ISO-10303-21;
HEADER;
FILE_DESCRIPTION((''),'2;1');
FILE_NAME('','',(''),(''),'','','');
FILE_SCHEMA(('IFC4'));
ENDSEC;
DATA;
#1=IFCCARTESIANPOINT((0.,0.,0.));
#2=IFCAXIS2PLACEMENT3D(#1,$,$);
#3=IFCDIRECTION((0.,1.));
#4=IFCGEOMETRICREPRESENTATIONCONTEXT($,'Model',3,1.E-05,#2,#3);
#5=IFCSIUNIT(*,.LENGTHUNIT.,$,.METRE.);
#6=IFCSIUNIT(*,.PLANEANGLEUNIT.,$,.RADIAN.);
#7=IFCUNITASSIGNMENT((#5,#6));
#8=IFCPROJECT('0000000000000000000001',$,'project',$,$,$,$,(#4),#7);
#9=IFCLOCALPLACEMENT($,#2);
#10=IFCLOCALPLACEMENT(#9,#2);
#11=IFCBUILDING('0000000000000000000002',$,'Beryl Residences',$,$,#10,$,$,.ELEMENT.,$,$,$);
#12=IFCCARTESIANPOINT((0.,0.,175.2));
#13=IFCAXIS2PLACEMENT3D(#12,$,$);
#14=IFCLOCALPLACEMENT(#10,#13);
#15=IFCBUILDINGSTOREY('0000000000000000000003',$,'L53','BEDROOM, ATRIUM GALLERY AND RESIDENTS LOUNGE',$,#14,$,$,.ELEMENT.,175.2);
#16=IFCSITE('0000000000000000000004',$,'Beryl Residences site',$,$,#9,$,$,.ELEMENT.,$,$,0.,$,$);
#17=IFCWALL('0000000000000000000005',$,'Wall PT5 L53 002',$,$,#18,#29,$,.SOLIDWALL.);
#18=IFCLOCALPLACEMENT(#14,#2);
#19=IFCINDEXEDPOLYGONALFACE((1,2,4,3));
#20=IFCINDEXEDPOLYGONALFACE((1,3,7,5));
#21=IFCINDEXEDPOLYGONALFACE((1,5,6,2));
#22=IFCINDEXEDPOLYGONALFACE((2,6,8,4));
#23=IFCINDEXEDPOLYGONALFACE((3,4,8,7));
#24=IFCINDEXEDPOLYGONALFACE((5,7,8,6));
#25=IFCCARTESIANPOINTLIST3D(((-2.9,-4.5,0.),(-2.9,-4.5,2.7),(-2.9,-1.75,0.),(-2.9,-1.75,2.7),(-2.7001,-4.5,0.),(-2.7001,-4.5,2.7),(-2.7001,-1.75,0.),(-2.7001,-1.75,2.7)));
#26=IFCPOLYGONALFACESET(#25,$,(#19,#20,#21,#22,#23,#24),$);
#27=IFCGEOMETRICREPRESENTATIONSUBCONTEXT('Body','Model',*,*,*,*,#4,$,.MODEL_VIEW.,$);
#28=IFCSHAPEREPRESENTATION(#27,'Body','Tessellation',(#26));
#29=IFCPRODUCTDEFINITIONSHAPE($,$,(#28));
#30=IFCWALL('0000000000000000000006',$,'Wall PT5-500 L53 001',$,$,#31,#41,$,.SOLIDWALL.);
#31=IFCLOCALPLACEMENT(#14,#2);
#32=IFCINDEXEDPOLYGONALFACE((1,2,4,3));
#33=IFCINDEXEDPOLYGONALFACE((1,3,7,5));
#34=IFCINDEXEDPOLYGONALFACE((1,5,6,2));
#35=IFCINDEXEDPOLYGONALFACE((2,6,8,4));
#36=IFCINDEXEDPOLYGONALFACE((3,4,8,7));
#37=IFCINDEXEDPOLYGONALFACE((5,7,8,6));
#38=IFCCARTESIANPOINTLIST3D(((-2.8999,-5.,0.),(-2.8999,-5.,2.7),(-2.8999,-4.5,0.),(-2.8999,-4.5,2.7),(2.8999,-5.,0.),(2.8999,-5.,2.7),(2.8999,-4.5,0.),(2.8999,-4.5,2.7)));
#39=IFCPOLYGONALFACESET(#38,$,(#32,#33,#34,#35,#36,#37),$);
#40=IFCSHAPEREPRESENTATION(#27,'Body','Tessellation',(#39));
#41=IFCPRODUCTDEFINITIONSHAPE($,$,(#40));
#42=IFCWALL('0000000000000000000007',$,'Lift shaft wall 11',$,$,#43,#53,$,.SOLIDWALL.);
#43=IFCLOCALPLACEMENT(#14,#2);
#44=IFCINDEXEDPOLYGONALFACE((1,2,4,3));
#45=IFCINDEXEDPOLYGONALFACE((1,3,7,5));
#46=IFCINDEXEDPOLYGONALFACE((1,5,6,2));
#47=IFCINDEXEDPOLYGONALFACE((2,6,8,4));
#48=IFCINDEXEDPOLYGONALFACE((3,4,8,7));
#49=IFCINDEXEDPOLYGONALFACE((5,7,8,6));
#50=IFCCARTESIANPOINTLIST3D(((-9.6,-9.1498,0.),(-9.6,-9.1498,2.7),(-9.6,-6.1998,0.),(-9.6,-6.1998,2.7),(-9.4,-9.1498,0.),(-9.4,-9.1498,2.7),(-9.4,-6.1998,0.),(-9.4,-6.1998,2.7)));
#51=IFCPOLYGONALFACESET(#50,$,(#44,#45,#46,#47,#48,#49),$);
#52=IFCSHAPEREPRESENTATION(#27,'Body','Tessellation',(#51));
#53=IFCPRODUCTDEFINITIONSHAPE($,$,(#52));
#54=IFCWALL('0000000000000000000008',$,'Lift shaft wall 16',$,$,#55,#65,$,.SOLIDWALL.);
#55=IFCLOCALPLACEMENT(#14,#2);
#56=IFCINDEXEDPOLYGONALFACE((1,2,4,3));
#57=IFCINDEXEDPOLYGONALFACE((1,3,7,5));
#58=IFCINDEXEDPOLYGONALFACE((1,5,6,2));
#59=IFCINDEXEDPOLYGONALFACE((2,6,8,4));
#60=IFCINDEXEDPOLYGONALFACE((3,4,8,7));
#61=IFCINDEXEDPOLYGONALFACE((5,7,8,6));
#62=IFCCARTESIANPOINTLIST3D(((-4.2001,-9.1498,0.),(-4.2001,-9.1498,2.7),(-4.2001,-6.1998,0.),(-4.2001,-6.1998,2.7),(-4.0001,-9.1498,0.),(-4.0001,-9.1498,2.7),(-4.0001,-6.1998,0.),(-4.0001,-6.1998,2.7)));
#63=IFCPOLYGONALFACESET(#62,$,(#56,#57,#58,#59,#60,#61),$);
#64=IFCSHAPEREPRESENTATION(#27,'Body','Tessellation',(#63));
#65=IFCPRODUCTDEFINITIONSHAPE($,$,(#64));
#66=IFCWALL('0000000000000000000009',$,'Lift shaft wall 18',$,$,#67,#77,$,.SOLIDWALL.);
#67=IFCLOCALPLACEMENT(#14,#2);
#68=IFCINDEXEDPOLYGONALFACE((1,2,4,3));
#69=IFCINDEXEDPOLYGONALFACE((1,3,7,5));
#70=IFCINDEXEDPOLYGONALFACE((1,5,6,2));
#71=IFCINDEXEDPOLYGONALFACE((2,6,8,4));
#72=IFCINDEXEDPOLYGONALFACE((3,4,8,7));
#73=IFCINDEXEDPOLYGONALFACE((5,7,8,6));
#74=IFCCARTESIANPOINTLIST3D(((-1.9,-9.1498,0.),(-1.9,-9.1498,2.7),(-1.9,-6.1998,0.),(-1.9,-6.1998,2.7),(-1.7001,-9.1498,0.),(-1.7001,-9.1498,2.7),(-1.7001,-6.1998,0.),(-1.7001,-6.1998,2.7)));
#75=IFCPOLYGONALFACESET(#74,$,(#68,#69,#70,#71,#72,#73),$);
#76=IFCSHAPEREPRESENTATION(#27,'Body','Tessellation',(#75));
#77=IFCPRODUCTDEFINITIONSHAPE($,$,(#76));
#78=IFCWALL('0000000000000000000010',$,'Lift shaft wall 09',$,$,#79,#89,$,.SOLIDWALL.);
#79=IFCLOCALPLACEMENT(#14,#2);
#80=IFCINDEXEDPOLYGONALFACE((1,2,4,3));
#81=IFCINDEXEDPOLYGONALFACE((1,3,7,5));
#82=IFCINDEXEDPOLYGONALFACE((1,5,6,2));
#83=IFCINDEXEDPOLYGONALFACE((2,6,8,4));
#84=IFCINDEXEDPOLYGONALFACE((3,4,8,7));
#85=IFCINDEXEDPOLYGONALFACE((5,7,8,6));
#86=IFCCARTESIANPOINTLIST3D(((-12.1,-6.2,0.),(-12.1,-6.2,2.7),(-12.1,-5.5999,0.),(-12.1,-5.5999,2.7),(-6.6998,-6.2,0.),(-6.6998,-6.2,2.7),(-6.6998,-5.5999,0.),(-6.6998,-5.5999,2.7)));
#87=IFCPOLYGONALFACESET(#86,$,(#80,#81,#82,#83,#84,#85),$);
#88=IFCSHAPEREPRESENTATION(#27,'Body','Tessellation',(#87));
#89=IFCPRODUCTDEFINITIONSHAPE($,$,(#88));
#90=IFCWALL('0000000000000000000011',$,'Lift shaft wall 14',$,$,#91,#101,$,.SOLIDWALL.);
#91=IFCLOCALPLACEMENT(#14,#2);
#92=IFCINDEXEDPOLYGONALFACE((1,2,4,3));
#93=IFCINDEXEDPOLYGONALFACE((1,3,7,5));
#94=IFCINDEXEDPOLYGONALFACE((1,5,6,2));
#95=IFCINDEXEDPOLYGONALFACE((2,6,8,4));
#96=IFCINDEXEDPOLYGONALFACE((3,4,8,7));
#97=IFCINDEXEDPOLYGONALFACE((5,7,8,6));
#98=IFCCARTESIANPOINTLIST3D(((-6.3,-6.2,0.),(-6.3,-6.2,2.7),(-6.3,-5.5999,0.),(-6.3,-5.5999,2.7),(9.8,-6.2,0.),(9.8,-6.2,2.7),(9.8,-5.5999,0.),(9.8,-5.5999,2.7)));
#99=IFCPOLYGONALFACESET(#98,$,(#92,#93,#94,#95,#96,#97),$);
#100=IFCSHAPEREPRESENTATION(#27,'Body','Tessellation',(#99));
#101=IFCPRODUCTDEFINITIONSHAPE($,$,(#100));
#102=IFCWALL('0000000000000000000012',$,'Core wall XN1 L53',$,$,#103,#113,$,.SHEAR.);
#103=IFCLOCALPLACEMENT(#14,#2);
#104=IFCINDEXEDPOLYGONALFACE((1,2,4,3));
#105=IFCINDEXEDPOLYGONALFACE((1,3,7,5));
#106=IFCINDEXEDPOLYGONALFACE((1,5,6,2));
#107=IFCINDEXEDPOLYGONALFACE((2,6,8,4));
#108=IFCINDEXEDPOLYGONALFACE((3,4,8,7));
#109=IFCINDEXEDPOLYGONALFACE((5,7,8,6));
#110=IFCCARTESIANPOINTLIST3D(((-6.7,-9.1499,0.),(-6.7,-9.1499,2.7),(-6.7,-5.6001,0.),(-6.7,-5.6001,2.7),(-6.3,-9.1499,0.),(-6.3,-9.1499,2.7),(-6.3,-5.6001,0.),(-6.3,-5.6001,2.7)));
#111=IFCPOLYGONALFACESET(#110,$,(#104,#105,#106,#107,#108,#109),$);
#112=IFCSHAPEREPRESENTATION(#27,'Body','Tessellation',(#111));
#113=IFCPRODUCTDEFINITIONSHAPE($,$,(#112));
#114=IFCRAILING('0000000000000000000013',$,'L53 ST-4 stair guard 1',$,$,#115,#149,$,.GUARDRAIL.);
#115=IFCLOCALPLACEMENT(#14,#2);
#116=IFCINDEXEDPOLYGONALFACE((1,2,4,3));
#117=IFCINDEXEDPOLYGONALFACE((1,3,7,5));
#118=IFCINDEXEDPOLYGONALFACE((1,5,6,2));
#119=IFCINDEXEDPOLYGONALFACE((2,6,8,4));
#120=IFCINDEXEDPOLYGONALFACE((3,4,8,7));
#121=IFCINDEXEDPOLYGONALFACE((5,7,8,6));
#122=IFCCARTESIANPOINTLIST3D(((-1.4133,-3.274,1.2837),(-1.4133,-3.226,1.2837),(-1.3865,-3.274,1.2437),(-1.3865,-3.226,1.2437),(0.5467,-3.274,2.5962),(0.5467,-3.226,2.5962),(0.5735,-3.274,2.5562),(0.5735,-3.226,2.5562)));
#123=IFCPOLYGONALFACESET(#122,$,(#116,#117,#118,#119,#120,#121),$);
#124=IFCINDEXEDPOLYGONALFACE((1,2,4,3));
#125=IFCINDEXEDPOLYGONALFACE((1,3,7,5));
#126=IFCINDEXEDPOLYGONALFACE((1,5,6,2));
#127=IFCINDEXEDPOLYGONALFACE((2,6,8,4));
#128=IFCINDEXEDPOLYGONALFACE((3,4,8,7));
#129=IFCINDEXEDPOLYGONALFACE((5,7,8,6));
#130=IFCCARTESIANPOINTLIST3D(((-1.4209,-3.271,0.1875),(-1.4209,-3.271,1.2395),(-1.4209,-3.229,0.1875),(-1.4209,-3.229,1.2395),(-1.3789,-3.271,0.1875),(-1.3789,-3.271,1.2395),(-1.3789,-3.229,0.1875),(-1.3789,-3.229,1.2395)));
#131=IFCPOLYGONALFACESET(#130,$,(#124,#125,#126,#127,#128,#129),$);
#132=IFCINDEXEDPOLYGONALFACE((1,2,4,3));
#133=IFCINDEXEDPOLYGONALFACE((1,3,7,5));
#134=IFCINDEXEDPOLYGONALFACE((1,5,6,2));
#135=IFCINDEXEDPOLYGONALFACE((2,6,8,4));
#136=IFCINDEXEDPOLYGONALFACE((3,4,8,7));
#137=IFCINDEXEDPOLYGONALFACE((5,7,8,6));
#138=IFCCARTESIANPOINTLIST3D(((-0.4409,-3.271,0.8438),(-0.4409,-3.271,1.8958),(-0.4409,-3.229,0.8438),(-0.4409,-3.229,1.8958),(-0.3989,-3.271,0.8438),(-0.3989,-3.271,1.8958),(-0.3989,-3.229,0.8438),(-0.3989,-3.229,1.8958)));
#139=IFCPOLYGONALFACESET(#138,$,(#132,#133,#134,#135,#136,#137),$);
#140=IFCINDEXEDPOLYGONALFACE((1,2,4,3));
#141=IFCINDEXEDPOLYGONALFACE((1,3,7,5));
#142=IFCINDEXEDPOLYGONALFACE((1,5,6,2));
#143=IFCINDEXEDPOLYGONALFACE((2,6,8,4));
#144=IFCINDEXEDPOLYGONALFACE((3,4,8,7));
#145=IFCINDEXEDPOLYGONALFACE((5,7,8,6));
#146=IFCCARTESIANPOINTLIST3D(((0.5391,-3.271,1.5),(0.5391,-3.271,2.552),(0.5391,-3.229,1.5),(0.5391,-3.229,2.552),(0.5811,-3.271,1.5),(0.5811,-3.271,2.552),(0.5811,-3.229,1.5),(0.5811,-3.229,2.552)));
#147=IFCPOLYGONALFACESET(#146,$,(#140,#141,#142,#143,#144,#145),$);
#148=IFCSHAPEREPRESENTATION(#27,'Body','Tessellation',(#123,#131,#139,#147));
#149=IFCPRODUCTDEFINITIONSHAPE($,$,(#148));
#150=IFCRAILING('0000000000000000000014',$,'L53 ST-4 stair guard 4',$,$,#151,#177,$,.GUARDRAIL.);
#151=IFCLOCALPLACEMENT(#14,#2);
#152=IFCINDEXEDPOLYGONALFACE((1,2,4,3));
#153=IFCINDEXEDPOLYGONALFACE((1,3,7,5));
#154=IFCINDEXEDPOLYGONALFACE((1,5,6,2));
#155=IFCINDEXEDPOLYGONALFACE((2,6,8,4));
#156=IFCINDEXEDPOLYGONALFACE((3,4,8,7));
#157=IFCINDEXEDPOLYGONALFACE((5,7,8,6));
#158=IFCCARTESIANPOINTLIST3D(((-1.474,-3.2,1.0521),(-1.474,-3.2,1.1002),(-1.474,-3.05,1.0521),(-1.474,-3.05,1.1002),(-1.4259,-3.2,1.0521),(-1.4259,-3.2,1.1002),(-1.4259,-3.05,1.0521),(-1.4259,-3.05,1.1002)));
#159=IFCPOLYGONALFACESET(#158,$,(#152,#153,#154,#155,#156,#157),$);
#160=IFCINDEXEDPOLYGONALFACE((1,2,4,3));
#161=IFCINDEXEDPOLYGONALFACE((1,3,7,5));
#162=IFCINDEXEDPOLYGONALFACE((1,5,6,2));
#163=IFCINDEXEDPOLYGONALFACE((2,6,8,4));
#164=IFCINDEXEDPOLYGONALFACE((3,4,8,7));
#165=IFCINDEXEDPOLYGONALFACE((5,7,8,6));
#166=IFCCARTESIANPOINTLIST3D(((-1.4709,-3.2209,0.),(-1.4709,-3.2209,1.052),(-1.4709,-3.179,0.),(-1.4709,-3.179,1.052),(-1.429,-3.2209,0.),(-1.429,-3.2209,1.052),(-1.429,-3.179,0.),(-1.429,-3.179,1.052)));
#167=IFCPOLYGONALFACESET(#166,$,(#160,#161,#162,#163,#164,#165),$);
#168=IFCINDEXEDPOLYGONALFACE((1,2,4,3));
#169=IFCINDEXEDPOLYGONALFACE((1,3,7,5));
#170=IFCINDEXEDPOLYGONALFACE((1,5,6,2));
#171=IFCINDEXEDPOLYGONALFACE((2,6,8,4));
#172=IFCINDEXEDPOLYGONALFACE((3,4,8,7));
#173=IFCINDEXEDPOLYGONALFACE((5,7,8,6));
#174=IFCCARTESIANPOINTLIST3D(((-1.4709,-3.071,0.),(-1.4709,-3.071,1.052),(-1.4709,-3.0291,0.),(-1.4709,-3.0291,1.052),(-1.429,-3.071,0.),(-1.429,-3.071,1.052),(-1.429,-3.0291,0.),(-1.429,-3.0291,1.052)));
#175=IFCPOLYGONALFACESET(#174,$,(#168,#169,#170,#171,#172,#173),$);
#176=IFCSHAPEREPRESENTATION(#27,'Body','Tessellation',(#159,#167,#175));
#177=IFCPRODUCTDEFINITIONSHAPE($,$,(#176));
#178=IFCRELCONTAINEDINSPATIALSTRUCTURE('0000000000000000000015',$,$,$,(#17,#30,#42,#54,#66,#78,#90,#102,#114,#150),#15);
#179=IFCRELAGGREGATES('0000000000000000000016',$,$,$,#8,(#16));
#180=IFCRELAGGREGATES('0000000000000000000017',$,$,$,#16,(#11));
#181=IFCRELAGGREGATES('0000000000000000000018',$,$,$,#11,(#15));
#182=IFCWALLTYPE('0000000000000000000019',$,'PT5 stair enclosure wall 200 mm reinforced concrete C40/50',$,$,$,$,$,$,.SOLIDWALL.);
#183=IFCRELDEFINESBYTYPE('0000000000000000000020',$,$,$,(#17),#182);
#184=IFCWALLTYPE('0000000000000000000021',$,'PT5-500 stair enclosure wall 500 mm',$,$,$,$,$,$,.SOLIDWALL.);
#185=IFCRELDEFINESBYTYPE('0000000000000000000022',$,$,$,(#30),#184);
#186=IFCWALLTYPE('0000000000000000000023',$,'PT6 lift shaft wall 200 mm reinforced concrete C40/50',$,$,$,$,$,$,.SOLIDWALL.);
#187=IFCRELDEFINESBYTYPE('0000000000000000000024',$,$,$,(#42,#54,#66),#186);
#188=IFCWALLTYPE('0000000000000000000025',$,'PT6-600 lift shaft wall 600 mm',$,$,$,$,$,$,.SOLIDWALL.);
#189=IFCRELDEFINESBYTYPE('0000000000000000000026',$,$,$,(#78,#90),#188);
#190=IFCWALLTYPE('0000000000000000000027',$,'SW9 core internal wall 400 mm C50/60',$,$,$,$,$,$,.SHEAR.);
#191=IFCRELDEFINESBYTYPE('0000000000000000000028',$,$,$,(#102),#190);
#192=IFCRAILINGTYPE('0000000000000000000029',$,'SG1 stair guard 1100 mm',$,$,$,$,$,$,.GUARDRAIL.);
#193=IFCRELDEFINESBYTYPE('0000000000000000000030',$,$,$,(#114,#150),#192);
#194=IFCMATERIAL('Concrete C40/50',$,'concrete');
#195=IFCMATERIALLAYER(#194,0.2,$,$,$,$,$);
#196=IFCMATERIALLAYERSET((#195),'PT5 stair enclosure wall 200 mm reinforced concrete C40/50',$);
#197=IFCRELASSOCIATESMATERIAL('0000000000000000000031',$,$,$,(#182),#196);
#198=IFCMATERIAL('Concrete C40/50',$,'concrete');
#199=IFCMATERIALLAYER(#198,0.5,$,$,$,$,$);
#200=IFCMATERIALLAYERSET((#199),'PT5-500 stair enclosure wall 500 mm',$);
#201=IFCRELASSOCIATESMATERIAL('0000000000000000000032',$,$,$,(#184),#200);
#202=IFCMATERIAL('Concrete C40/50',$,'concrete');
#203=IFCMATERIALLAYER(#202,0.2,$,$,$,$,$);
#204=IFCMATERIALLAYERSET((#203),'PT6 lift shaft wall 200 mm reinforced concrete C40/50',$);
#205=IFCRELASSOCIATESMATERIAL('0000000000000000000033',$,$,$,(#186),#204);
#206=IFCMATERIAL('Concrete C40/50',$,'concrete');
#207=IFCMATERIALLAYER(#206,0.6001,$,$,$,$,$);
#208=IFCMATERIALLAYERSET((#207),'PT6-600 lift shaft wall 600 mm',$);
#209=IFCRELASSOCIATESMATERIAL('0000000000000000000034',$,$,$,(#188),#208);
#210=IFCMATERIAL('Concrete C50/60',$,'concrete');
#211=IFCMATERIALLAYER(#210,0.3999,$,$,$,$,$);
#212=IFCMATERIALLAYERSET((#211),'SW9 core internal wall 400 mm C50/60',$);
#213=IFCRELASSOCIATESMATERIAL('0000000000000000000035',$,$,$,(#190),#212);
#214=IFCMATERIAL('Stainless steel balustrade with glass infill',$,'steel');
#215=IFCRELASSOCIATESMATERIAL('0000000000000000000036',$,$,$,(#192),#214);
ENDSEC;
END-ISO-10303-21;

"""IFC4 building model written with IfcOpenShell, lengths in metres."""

from ifc_helpers import new_model, si_unit, direction, frame, frame_2d, origin, origin_2d, place, context, subcontext, project, spatial, rectangle, extrude, material, layer, layer_set, type_object, element, save


model = new_model("IFC4")

# Units and contexts
model_context = context("Model", 3, precision=1e-05, world=origin(), true_north=direction((0.0, 1.0)))
body_context = subcontext(model_context, "Body", "Model", "MODEL_VIEW")
ifc_project = project(units=[si_unit("LENGTHUNIT", "METRE"), si_unit("PLANEANGLEUNIT", "RADIAN")], contexts=[model_context])

# Site, building, storey
site_placement = place(None, origin())
site = spatial("IfcSite", under=ifc_project, at=site_placement, Name="Beryl Residences site", CompositionType="ELEMENT", RefElevation=0.0)
building_placement = place(site_placement, origin())
building = spatial("IfcBuilding", under=site, at=building_placement, Name="Beryl Residences", CompositionType="ELEMENT")
storey_placement = place(building_placement, frame((0.0, 0.0, 175.2)))
storey = spatial("IfcBuildingStorey", under=building, at=storey_placement, Name="L53", Description="BEDROOM, ATRIUM GALLERY AND RESIDENTS LOUNGE", CompositionType="ELEMENT", Elevation=175.2)

# Walls
ifc_material_1 = material(Name="Concrete C40/50", Category="concrete")
ifc_layer_1 = layer(ifc_material_1, 0.2)
ifc_layer_set_1 = layer_set([ifc_layer_1], Name="PT5 stair enclosure wall 200 mm reinforced concrete C40/50")
wall_type_1 = type_object("IfcWallType", Name="PT5 stair enclosure wall 200 mm reinforced concrete C40/50", PredefinedType="SOLIDWALL", material=ifc_layer_set_1)
wall_1_placement = place(storey_placement, frame((-2.8, -4.5, 0.0), z_axis=(0.0, 0.0, 1.0), x_axis=(0.0, 1.0, 0.0)))
element("IfcWall", 1, at=wall_1_placement, inside=storey, type_object=wall_type_1, Name="Wall PT5 L53 002", PredefinedType="SOLIDWALL", context=body_context, shape_type="SweptSolid", body=[
    extrude(rectangle(XDim=2.75, YDim=0.2, at=frame_2d((1.375, 0.0))), origin(), (0.0, 0.0, 1.0), 2.7),
])
ifc_material_2 = material(Name="Concrete C40/50", Category="concrete")
ifc_layer_2 = layer(ifc_material_2, 0.5)
ifc_layer_set_2 = layer_set([ifc_layer_2], Name="PT5-500 stair enclosure wall 500 mm")
wall_type_2 = type_object("IfcWallType", Name="PT5-500 stair enclosure wall 500 mm", PredefinedType="SOLIDWALL", material=ifc_layer_set_2)
wall_2_placement = place(storey_placement, frame((-2.8999, -4.75, 0.0), z_axis=(0.0, 0.0, 1.0), x_axis=(1.0, 0.0, 0.0)))
element("IfcWall", 2, at=wall_2_placement, inside=storey, type_object=wall_type_2, Name="Wall PT5-500 L53 001", PredefinedType="SOLIDWALL", context=body_context, shape_type="SweptSolid", body=[
    extrude(rectangle(XDim=5.7998, YDim=0.5, at=frame_2d((2.8999, 0.0))), origin(), (0.0, 0.0, 1.0), 2.7),
])
ifc_material_3 = material(Name="Concrete C40/50", Category="concrete")
ifc_layer_3 = layer(ifc_material_3, 0.2)
ifc_layer_set_3 = layer_set([ifc_layer_3], Name="PT6 lift shaft wall 200 mm reinforced concrete C40/50")
wall_type_3 = type_object("IfcWallType", Name="PT6 lift shaft wall 200 mm reinforced concrete C40/50", PredefinedType="SOLIDWALL", material=ifc_layer_set_3)
for number, where, z_axis, x_axis, name in (
    (3, (-9.5, -9.1499, 0.0), (0.0, 0.0, 1.0), (0.0, 1.0, 0.0), "Lift shaft wall 11"),
    (4, (-4.1001, -9.1499, 0.0), (0.0, 0.0, 1.0), (0.0, 1.0, 0.0), "Lift shaft wall 16"),
    (5, (-1.8, -9.1499, 0.0), (0.0, 0.0, 1.0), (0.0, 1.0, 0.0), "Lift shaft wall 18"),
):
    element("IfcWall", number, at=place(storey_placement, frame(where, z_axis=z_axis, x_axis=x_axis)), inside=storey, type_object=wall_type_3, Name=name, PredefinedType="SOLIDWALL", context=body_context, shape_type="SweptSolid", body=[
        extrude(rectangle(XDim=2.95, YDim=0.2, at=frame_2d((1.4751, 0.0))), origin(), (0.0, 0.0, 1.0), 2.7),
    ])
ifc_material_4 = material(Name="Concrete C40/50", Category="concrete")
ifc_layer_4 = layer(ifc_material_4, 0.6001)
ifc_layer_set_4 = layer_set([ifc_layer_4], Name="PT6-600 lift shaft wall 600 mm")
wall_type_4 = type_object("IfcWallType", Name="PT6-600 lift shaft wall 600 mm", PredefinedType="SOLIDWALL", material=ifc_layer_set_4)
wall_3_placement = place(storey_placement, frame((-12.1001, -5.8999, 0.0), z_axis=(0.0, 0.0, 1.0), x_axis=(1.0, 0.0, 0.0)))
element("IfcWall", 6, at=wall_3_placement, inside=storey, type_object=wall_type_4, Name="Lift shaft wall 09", PredefinedType="SOLIDWALL", context=body_context, shape_type="SweptSolid", body=[
    extrude(rectangle(XDim=5.4001, YDim=0.6001, at=frame_2d((2.7002, 0.0))), origin(), (0.0, 0.0, 1.0), 2.7),
])
wall_4_placement = place(storey_placement, frame((-6.3, -5.8999, 0.0), z_axis=(0.0, 0.0, 1.0), x_axis=(1.0, 0.0, 0.0)))
element("IfcWall", 7, at=wall_4_placement, inside=storey, type_object=wall_type_4, Name="Lift shaft wall 14", PredefinedType="SOLIDWALL", context=body_context, shape_type="SweptSolid", body=[
    extrude(rectangle(XDim=16.1001, YDim=0.6001, at=frame_2d((8.05, 0.0))), origin(), (0.0, 0.0, 1.0), 2.7),
])
ifc_material_5 = material(Name="Concrete C50/60", Category="concrete")
ifc_layer_5 = layer(ifc_material_5, 0.3999)
ifc_layer_set_5 = layer_set([ifc_layer_5], Name="SW9 core internal wall 400 mm C50/60")
wall_type_5 = type_object("IfcWallType", Name="SW9 core internal wall 400 mm C50/60", PredefinedType="SHEAR", material=ifc_layer_set_5)
wall_5_placement = place(storey_placement, frame((-6.5, -9.1499, 0.0), z_axis=(0.0, 0.0, 1.0), x_axis=(0.0, 1.0, 0.0)))
element("IfcWall", 8, at=wall_5_placement, inside=storey, type_object=wall_type_5, Name="Core wall XN1 L53", PredefinedType="SHEAR", context=body_context, shape_type="SweptSolid", body=[
    extrude(rectangle(XDim=3.5498, YDim=0.3999, at=frame_2d((1.7749, 0.0))), origin(), (0.0, 0.0, 1.0), 2.7),
])

# Railings
ifc_material_6 = material(Name="Stainless steel balustrade with glass infill", Category="steel")
railing_type = type_object("IfcRailingType", Name="SG1 stair guard 1100 mm", PredefinedType="GUARDRAIL", material=ifc_material_6)
railing_1_placement = place(storey_placement, frame((-1.3999, -3.25, 0.1875)))
element("IfcRailing", 9, at=railing_1_placement, inside=storey, type_object=railing_type, Name="L53 ST-4 stair guard 1", PredefinedType="GUARDRAIL", context=body_context, shape_type="SweptSolid", body=[
    extrude(rectangle(XDim=0.0481, YDim=0.0481, at=origin_2d()), frame((0.0, 0.0, 1.0762), z_axis=(0.830902, 0.0, 0.556419), x_axis=(0.0, 1.0, 0.0)), (0.0, 0.0, 1.0), 2.3589),
    extrude(rectangle(XDim=0.042, YDim=0.042, at=origin_2d()), origin(), (0.0, 0.0, 1.0), 1.052),
    extrude(rectangle(XDim=0.042, YDim=0.042, at=origin_2d()), frame((0.98, 0.0, 0.6562)), (0.0, 0.0, 1.0), 1.052),
    extrude(rectangle(XDim=0.042, YDim=0.042, at=origin_2d()), frame((1.96, 0.0, 1.3125)), (0.0, 0.0, 1.0), 1.052),
])
railing_2_placement = place(storey_placement, frame((-1.45, -3.2, 0.0)))
element("IfcRailing", 10, at=railing_2_placement, inside=storey, type_object=railing_type, Name="L53 ST-4 stair guard 4", PredefinedType="GUARDRAIL", context=body_context, shape_type="SweptSolid", body=[
    extrude(rectangle(XDim=0.0481, YDim=0.0481, at=origin_2d()), frame((0.0, 0.0, 1.0762), z_axis=(0.0, 1.0, 0.0), x_axis=(-1.0, 0.0, 0.0)), (0.0, 0.0, 1.0), 0.1499),
    extrude(rectangle(XDim=0.042, YDim=0.042, at=origin_2d()), origin(), (0.0, 0.0, 1.0), 1.052),
    extrude(rectangle(XDim=0.042, YDim=0.042, at=origin_2d()), frame((0.0, 0.1499, 0.0)), (0.0, 0.0, 1.0), 1.052),
])

save(model, "model.ifc")
